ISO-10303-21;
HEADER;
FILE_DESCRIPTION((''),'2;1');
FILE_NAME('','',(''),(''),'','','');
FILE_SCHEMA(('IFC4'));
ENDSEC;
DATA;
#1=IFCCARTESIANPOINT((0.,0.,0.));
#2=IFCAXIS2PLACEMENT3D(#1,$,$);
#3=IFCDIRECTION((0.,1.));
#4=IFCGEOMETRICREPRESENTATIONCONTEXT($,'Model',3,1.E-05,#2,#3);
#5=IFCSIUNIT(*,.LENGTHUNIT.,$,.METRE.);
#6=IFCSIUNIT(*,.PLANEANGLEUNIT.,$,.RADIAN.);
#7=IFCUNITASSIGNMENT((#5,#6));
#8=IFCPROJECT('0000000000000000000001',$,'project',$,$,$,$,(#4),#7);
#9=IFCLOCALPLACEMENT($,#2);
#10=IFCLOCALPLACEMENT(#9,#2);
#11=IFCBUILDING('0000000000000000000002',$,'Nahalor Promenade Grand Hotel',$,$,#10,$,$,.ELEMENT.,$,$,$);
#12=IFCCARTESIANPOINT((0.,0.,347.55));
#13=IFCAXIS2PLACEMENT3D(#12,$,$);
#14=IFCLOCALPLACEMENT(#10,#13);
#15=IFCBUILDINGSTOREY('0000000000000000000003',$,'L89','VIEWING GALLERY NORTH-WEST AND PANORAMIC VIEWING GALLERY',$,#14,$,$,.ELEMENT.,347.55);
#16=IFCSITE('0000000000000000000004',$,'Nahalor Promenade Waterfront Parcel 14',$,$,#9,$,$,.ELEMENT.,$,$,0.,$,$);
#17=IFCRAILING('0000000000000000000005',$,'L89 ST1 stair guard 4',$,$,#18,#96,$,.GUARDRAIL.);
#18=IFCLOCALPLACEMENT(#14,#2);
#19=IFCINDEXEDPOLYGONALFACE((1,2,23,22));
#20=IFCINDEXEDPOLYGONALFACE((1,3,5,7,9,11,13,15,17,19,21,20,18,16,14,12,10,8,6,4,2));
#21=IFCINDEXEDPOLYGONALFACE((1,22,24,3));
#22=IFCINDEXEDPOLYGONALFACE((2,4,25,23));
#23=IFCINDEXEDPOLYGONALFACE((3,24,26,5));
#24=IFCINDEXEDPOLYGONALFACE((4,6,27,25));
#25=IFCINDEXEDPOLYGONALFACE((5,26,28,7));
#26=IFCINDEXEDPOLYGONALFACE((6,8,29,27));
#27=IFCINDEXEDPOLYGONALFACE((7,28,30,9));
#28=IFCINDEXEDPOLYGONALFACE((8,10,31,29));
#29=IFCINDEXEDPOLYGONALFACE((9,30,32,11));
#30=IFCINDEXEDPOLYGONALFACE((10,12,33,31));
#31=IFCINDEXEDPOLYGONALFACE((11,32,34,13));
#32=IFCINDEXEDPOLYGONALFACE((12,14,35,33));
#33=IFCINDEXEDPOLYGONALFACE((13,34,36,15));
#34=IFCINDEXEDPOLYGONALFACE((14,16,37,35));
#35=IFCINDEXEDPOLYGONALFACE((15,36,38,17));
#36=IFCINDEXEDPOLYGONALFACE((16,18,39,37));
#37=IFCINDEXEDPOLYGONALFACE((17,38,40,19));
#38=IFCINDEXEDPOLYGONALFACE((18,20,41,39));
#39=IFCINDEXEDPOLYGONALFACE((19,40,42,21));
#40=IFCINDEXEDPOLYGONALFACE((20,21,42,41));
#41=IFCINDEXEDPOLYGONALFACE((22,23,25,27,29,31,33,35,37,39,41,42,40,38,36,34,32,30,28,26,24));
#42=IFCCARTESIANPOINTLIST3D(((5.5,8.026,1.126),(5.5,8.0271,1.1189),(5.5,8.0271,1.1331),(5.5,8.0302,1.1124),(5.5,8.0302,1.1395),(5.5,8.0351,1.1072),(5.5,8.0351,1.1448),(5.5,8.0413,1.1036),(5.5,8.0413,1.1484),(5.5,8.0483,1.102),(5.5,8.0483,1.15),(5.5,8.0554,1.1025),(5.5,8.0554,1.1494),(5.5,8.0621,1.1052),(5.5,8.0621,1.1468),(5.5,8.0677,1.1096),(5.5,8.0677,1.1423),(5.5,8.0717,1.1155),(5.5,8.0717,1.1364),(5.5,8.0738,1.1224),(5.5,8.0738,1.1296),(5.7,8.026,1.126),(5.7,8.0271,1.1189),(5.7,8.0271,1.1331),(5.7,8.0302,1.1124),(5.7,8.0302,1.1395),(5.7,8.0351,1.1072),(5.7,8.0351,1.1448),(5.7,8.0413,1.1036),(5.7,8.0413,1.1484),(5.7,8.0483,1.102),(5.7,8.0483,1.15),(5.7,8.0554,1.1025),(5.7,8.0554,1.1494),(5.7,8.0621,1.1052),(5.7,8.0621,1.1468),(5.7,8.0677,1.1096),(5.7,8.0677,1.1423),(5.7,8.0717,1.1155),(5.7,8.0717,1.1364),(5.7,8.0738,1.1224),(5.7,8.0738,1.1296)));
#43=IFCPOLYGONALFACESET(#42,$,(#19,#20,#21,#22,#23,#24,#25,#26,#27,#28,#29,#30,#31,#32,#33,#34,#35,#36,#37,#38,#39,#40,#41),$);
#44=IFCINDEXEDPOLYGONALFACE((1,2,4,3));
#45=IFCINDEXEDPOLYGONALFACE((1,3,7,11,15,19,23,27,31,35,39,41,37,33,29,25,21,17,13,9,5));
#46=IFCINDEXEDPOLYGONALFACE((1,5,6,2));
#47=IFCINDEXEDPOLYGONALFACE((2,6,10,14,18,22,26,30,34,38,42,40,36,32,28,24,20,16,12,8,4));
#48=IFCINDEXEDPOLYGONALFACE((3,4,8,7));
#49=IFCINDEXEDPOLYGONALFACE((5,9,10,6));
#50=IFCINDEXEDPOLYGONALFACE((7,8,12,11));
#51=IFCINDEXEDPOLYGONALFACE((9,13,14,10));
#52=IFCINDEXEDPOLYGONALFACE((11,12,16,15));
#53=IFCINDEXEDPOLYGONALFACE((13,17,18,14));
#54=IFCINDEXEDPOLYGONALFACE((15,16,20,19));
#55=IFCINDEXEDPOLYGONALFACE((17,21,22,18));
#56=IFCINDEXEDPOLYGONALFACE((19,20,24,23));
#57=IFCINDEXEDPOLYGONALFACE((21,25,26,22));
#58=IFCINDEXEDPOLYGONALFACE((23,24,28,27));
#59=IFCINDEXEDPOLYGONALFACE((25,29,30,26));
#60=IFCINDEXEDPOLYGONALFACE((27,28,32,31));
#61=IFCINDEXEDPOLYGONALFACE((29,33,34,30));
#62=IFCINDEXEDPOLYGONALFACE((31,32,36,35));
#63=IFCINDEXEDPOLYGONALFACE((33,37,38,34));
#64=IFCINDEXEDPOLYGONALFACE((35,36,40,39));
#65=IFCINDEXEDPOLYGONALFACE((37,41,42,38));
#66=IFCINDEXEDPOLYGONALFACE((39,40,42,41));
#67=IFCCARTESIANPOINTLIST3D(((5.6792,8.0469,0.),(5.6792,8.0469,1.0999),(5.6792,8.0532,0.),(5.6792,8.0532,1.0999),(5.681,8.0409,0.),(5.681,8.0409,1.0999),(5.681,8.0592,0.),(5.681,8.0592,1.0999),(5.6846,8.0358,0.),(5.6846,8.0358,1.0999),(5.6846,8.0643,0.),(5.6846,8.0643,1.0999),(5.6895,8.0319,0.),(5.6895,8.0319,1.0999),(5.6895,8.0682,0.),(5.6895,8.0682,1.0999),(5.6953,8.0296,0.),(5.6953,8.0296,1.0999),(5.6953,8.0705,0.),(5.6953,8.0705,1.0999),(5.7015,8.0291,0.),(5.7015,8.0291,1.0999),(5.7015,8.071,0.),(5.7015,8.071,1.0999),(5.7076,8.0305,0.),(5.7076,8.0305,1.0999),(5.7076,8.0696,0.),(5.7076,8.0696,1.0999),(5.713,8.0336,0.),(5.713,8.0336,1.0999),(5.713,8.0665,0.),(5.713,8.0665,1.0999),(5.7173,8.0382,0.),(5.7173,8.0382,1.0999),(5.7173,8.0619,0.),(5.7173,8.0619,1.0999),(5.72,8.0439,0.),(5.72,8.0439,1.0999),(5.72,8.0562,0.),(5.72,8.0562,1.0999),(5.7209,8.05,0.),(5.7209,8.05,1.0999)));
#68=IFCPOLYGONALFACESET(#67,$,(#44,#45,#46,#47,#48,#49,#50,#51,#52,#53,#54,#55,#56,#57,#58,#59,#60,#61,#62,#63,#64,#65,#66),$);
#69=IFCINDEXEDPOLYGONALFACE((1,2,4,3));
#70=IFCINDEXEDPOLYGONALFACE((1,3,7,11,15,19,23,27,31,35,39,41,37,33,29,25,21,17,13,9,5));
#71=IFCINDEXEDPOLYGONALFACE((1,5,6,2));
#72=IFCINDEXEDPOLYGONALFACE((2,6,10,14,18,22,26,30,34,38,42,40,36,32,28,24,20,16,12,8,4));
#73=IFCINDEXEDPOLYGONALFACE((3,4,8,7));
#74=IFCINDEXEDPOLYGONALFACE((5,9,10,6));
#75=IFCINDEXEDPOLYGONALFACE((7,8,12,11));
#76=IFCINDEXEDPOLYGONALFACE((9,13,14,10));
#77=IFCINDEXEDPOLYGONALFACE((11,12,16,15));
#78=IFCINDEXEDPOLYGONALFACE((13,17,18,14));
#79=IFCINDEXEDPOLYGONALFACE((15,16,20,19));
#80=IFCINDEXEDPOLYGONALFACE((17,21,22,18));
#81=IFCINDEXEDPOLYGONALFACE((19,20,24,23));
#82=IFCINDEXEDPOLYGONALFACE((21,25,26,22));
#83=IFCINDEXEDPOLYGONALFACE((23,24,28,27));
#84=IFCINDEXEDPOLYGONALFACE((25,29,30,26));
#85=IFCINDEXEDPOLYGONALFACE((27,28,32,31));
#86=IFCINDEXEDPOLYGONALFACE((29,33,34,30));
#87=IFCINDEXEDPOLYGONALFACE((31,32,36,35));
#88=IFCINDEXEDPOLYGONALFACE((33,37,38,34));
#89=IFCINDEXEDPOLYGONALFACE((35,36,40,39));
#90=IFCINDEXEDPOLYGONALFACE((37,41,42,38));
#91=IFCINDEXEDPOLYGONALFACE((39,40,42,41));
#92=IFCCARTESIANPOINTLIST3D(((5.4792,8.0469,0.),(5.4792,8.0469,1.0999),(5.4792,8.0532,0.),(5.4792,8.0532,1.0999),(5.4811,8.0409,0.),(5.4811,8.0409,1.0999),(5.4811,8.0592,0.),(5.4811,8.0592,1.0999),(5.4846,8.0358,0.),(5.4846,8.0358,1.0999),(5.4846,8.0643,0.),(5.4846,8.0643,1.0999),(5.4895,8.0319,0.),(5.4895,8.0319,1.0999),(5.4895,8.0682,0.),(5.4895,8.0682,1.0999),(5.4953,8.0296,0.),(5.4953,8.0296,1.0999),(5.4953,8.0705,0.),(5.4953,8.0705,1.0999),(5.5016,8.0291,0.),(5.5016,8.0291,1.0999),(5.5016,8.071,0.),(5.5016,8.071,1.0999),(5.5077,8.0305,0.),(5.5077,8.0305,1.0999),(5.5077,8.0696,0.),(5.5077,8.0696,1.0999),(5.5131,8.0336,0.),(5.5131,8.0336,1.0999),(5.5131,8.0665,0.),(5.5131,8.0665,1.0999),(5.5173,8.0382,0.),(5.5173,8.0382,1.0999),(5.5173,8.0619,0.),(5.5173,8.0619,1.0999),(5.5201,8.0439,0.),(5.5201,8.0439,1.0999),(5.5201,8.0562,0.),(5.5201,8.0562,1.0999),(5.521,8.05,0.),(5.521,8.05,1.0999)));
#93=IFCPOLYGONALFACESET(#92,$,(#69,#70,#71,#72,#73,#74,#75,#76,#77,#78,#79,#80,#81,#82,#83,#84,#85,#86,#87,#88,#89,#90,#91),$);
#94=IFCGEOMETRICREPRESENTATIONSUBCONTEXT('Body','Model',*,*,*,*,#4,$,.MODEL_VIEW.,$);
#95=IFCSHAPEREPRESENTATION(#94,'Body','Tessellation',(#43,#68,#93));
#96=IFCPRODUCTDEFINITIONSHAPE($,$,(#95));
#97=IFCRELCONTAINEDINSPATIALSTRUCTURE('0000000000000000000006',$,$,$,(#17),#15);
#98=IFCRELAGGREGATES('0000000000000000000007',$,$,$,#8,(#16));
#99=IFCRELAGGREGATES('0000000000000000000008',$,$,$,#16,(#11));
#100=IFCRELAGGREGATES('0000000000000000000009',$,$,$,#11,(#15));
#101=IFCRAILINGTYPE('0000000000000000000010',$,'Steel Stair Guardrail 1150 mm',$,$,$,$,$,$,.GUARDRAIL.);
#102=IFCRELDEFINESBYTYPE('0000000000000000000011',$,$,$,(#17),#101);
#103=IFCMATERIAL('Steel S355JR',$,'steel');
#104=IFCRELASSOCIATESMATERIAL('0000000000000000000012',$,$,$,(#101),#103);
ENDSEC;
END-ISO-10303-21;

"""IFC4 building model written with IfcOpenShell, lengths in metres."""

from ifc_helpers import new_model, si_unit, direction, frame, origin, origin_2d, place, context, subcontext, project, spatial, circle, extrude, material, type_object, element, save


model = new_model("IFC4")

# Units and contexts
model_context = context("Model", 3, precision=1e-05, world=origin(), true_north=direction((0.0, 1.0)))
body_context = subcontext(model_context, "Body", "Model", "MODEL_VIEW")
ifc_project = project(units=[si_unit("LENGTHUNIT", "METRE"), si_unit("PLANEANGLEUNIT", "RADIAN")], contexts=[model_context])

# Site, building, storey
site_placement = place(None, origin())
site = spatial("IfcSite", under=ifc_project, at=site_placement, Name="Nahalor Promenade Waterfront Parcel 14", CompositionType="ELEMENT", RefElevation=0.0)
building_placement = place(site_placement, origin())
building = spatial("IfcBuilding", under=site, at=building_placement, Name="Nahalor Promenade Grand Hotel", CompositionType="ELEMENT")
storey_placement = place(building_placement, frame((0.0, 0.0, 347.55)))
storey = spatial("IfcBuildingStorey", under=building, at=storey_placement, Name="L89", Description="VIEWING GALLERY NORTH-WEST AND PANORAMIC VIEWING GALLERY", CompositionType="ELEMENT", Elevation=347.55)

# Shared definitions
ifc_material_1 = material(Name="Steel S355JR", Category="steel")

# Railing
railing_type_1 = type_object("IfcRailingType", Name="Steel Stair Guardrail 1150 mm", PredefinedType="GUARDRAIL", material=ifc_material_1)
railing_1_placement = place(storey_placement, frame((5.7, 8.05, 0.0)))
element("IfcRailing", 1, at=railing_1_placement, inside=storey, type_object=railing_type_1, Name="L89 ST1 stair guard 4", PredefinedType="GUARDRAIL", context=body_context, shape_type="SweptSolid", body=[
    extrude(circle(Radius=0.024, at=origin_2d()), frame((0.0, 0.0, 1.126), z_axis=(-1.0, 0.0, 0.0), x_axis=(0.0, -1.0, 0.0)), (0.0, 0.0, 1.0), 0.2),
    extrude(circle(Radius=0.021, at=origin_2d()), origin(), (0.0, 0.0, 1.0), 1.0999),
    extrude(circle(Radius=0.021, at=origin_2d()), frame((-0.2, 0.0, 0.0)), (0.0, 0.0, 1.0), 1.0999),
])

save(model, "model.ifc")
